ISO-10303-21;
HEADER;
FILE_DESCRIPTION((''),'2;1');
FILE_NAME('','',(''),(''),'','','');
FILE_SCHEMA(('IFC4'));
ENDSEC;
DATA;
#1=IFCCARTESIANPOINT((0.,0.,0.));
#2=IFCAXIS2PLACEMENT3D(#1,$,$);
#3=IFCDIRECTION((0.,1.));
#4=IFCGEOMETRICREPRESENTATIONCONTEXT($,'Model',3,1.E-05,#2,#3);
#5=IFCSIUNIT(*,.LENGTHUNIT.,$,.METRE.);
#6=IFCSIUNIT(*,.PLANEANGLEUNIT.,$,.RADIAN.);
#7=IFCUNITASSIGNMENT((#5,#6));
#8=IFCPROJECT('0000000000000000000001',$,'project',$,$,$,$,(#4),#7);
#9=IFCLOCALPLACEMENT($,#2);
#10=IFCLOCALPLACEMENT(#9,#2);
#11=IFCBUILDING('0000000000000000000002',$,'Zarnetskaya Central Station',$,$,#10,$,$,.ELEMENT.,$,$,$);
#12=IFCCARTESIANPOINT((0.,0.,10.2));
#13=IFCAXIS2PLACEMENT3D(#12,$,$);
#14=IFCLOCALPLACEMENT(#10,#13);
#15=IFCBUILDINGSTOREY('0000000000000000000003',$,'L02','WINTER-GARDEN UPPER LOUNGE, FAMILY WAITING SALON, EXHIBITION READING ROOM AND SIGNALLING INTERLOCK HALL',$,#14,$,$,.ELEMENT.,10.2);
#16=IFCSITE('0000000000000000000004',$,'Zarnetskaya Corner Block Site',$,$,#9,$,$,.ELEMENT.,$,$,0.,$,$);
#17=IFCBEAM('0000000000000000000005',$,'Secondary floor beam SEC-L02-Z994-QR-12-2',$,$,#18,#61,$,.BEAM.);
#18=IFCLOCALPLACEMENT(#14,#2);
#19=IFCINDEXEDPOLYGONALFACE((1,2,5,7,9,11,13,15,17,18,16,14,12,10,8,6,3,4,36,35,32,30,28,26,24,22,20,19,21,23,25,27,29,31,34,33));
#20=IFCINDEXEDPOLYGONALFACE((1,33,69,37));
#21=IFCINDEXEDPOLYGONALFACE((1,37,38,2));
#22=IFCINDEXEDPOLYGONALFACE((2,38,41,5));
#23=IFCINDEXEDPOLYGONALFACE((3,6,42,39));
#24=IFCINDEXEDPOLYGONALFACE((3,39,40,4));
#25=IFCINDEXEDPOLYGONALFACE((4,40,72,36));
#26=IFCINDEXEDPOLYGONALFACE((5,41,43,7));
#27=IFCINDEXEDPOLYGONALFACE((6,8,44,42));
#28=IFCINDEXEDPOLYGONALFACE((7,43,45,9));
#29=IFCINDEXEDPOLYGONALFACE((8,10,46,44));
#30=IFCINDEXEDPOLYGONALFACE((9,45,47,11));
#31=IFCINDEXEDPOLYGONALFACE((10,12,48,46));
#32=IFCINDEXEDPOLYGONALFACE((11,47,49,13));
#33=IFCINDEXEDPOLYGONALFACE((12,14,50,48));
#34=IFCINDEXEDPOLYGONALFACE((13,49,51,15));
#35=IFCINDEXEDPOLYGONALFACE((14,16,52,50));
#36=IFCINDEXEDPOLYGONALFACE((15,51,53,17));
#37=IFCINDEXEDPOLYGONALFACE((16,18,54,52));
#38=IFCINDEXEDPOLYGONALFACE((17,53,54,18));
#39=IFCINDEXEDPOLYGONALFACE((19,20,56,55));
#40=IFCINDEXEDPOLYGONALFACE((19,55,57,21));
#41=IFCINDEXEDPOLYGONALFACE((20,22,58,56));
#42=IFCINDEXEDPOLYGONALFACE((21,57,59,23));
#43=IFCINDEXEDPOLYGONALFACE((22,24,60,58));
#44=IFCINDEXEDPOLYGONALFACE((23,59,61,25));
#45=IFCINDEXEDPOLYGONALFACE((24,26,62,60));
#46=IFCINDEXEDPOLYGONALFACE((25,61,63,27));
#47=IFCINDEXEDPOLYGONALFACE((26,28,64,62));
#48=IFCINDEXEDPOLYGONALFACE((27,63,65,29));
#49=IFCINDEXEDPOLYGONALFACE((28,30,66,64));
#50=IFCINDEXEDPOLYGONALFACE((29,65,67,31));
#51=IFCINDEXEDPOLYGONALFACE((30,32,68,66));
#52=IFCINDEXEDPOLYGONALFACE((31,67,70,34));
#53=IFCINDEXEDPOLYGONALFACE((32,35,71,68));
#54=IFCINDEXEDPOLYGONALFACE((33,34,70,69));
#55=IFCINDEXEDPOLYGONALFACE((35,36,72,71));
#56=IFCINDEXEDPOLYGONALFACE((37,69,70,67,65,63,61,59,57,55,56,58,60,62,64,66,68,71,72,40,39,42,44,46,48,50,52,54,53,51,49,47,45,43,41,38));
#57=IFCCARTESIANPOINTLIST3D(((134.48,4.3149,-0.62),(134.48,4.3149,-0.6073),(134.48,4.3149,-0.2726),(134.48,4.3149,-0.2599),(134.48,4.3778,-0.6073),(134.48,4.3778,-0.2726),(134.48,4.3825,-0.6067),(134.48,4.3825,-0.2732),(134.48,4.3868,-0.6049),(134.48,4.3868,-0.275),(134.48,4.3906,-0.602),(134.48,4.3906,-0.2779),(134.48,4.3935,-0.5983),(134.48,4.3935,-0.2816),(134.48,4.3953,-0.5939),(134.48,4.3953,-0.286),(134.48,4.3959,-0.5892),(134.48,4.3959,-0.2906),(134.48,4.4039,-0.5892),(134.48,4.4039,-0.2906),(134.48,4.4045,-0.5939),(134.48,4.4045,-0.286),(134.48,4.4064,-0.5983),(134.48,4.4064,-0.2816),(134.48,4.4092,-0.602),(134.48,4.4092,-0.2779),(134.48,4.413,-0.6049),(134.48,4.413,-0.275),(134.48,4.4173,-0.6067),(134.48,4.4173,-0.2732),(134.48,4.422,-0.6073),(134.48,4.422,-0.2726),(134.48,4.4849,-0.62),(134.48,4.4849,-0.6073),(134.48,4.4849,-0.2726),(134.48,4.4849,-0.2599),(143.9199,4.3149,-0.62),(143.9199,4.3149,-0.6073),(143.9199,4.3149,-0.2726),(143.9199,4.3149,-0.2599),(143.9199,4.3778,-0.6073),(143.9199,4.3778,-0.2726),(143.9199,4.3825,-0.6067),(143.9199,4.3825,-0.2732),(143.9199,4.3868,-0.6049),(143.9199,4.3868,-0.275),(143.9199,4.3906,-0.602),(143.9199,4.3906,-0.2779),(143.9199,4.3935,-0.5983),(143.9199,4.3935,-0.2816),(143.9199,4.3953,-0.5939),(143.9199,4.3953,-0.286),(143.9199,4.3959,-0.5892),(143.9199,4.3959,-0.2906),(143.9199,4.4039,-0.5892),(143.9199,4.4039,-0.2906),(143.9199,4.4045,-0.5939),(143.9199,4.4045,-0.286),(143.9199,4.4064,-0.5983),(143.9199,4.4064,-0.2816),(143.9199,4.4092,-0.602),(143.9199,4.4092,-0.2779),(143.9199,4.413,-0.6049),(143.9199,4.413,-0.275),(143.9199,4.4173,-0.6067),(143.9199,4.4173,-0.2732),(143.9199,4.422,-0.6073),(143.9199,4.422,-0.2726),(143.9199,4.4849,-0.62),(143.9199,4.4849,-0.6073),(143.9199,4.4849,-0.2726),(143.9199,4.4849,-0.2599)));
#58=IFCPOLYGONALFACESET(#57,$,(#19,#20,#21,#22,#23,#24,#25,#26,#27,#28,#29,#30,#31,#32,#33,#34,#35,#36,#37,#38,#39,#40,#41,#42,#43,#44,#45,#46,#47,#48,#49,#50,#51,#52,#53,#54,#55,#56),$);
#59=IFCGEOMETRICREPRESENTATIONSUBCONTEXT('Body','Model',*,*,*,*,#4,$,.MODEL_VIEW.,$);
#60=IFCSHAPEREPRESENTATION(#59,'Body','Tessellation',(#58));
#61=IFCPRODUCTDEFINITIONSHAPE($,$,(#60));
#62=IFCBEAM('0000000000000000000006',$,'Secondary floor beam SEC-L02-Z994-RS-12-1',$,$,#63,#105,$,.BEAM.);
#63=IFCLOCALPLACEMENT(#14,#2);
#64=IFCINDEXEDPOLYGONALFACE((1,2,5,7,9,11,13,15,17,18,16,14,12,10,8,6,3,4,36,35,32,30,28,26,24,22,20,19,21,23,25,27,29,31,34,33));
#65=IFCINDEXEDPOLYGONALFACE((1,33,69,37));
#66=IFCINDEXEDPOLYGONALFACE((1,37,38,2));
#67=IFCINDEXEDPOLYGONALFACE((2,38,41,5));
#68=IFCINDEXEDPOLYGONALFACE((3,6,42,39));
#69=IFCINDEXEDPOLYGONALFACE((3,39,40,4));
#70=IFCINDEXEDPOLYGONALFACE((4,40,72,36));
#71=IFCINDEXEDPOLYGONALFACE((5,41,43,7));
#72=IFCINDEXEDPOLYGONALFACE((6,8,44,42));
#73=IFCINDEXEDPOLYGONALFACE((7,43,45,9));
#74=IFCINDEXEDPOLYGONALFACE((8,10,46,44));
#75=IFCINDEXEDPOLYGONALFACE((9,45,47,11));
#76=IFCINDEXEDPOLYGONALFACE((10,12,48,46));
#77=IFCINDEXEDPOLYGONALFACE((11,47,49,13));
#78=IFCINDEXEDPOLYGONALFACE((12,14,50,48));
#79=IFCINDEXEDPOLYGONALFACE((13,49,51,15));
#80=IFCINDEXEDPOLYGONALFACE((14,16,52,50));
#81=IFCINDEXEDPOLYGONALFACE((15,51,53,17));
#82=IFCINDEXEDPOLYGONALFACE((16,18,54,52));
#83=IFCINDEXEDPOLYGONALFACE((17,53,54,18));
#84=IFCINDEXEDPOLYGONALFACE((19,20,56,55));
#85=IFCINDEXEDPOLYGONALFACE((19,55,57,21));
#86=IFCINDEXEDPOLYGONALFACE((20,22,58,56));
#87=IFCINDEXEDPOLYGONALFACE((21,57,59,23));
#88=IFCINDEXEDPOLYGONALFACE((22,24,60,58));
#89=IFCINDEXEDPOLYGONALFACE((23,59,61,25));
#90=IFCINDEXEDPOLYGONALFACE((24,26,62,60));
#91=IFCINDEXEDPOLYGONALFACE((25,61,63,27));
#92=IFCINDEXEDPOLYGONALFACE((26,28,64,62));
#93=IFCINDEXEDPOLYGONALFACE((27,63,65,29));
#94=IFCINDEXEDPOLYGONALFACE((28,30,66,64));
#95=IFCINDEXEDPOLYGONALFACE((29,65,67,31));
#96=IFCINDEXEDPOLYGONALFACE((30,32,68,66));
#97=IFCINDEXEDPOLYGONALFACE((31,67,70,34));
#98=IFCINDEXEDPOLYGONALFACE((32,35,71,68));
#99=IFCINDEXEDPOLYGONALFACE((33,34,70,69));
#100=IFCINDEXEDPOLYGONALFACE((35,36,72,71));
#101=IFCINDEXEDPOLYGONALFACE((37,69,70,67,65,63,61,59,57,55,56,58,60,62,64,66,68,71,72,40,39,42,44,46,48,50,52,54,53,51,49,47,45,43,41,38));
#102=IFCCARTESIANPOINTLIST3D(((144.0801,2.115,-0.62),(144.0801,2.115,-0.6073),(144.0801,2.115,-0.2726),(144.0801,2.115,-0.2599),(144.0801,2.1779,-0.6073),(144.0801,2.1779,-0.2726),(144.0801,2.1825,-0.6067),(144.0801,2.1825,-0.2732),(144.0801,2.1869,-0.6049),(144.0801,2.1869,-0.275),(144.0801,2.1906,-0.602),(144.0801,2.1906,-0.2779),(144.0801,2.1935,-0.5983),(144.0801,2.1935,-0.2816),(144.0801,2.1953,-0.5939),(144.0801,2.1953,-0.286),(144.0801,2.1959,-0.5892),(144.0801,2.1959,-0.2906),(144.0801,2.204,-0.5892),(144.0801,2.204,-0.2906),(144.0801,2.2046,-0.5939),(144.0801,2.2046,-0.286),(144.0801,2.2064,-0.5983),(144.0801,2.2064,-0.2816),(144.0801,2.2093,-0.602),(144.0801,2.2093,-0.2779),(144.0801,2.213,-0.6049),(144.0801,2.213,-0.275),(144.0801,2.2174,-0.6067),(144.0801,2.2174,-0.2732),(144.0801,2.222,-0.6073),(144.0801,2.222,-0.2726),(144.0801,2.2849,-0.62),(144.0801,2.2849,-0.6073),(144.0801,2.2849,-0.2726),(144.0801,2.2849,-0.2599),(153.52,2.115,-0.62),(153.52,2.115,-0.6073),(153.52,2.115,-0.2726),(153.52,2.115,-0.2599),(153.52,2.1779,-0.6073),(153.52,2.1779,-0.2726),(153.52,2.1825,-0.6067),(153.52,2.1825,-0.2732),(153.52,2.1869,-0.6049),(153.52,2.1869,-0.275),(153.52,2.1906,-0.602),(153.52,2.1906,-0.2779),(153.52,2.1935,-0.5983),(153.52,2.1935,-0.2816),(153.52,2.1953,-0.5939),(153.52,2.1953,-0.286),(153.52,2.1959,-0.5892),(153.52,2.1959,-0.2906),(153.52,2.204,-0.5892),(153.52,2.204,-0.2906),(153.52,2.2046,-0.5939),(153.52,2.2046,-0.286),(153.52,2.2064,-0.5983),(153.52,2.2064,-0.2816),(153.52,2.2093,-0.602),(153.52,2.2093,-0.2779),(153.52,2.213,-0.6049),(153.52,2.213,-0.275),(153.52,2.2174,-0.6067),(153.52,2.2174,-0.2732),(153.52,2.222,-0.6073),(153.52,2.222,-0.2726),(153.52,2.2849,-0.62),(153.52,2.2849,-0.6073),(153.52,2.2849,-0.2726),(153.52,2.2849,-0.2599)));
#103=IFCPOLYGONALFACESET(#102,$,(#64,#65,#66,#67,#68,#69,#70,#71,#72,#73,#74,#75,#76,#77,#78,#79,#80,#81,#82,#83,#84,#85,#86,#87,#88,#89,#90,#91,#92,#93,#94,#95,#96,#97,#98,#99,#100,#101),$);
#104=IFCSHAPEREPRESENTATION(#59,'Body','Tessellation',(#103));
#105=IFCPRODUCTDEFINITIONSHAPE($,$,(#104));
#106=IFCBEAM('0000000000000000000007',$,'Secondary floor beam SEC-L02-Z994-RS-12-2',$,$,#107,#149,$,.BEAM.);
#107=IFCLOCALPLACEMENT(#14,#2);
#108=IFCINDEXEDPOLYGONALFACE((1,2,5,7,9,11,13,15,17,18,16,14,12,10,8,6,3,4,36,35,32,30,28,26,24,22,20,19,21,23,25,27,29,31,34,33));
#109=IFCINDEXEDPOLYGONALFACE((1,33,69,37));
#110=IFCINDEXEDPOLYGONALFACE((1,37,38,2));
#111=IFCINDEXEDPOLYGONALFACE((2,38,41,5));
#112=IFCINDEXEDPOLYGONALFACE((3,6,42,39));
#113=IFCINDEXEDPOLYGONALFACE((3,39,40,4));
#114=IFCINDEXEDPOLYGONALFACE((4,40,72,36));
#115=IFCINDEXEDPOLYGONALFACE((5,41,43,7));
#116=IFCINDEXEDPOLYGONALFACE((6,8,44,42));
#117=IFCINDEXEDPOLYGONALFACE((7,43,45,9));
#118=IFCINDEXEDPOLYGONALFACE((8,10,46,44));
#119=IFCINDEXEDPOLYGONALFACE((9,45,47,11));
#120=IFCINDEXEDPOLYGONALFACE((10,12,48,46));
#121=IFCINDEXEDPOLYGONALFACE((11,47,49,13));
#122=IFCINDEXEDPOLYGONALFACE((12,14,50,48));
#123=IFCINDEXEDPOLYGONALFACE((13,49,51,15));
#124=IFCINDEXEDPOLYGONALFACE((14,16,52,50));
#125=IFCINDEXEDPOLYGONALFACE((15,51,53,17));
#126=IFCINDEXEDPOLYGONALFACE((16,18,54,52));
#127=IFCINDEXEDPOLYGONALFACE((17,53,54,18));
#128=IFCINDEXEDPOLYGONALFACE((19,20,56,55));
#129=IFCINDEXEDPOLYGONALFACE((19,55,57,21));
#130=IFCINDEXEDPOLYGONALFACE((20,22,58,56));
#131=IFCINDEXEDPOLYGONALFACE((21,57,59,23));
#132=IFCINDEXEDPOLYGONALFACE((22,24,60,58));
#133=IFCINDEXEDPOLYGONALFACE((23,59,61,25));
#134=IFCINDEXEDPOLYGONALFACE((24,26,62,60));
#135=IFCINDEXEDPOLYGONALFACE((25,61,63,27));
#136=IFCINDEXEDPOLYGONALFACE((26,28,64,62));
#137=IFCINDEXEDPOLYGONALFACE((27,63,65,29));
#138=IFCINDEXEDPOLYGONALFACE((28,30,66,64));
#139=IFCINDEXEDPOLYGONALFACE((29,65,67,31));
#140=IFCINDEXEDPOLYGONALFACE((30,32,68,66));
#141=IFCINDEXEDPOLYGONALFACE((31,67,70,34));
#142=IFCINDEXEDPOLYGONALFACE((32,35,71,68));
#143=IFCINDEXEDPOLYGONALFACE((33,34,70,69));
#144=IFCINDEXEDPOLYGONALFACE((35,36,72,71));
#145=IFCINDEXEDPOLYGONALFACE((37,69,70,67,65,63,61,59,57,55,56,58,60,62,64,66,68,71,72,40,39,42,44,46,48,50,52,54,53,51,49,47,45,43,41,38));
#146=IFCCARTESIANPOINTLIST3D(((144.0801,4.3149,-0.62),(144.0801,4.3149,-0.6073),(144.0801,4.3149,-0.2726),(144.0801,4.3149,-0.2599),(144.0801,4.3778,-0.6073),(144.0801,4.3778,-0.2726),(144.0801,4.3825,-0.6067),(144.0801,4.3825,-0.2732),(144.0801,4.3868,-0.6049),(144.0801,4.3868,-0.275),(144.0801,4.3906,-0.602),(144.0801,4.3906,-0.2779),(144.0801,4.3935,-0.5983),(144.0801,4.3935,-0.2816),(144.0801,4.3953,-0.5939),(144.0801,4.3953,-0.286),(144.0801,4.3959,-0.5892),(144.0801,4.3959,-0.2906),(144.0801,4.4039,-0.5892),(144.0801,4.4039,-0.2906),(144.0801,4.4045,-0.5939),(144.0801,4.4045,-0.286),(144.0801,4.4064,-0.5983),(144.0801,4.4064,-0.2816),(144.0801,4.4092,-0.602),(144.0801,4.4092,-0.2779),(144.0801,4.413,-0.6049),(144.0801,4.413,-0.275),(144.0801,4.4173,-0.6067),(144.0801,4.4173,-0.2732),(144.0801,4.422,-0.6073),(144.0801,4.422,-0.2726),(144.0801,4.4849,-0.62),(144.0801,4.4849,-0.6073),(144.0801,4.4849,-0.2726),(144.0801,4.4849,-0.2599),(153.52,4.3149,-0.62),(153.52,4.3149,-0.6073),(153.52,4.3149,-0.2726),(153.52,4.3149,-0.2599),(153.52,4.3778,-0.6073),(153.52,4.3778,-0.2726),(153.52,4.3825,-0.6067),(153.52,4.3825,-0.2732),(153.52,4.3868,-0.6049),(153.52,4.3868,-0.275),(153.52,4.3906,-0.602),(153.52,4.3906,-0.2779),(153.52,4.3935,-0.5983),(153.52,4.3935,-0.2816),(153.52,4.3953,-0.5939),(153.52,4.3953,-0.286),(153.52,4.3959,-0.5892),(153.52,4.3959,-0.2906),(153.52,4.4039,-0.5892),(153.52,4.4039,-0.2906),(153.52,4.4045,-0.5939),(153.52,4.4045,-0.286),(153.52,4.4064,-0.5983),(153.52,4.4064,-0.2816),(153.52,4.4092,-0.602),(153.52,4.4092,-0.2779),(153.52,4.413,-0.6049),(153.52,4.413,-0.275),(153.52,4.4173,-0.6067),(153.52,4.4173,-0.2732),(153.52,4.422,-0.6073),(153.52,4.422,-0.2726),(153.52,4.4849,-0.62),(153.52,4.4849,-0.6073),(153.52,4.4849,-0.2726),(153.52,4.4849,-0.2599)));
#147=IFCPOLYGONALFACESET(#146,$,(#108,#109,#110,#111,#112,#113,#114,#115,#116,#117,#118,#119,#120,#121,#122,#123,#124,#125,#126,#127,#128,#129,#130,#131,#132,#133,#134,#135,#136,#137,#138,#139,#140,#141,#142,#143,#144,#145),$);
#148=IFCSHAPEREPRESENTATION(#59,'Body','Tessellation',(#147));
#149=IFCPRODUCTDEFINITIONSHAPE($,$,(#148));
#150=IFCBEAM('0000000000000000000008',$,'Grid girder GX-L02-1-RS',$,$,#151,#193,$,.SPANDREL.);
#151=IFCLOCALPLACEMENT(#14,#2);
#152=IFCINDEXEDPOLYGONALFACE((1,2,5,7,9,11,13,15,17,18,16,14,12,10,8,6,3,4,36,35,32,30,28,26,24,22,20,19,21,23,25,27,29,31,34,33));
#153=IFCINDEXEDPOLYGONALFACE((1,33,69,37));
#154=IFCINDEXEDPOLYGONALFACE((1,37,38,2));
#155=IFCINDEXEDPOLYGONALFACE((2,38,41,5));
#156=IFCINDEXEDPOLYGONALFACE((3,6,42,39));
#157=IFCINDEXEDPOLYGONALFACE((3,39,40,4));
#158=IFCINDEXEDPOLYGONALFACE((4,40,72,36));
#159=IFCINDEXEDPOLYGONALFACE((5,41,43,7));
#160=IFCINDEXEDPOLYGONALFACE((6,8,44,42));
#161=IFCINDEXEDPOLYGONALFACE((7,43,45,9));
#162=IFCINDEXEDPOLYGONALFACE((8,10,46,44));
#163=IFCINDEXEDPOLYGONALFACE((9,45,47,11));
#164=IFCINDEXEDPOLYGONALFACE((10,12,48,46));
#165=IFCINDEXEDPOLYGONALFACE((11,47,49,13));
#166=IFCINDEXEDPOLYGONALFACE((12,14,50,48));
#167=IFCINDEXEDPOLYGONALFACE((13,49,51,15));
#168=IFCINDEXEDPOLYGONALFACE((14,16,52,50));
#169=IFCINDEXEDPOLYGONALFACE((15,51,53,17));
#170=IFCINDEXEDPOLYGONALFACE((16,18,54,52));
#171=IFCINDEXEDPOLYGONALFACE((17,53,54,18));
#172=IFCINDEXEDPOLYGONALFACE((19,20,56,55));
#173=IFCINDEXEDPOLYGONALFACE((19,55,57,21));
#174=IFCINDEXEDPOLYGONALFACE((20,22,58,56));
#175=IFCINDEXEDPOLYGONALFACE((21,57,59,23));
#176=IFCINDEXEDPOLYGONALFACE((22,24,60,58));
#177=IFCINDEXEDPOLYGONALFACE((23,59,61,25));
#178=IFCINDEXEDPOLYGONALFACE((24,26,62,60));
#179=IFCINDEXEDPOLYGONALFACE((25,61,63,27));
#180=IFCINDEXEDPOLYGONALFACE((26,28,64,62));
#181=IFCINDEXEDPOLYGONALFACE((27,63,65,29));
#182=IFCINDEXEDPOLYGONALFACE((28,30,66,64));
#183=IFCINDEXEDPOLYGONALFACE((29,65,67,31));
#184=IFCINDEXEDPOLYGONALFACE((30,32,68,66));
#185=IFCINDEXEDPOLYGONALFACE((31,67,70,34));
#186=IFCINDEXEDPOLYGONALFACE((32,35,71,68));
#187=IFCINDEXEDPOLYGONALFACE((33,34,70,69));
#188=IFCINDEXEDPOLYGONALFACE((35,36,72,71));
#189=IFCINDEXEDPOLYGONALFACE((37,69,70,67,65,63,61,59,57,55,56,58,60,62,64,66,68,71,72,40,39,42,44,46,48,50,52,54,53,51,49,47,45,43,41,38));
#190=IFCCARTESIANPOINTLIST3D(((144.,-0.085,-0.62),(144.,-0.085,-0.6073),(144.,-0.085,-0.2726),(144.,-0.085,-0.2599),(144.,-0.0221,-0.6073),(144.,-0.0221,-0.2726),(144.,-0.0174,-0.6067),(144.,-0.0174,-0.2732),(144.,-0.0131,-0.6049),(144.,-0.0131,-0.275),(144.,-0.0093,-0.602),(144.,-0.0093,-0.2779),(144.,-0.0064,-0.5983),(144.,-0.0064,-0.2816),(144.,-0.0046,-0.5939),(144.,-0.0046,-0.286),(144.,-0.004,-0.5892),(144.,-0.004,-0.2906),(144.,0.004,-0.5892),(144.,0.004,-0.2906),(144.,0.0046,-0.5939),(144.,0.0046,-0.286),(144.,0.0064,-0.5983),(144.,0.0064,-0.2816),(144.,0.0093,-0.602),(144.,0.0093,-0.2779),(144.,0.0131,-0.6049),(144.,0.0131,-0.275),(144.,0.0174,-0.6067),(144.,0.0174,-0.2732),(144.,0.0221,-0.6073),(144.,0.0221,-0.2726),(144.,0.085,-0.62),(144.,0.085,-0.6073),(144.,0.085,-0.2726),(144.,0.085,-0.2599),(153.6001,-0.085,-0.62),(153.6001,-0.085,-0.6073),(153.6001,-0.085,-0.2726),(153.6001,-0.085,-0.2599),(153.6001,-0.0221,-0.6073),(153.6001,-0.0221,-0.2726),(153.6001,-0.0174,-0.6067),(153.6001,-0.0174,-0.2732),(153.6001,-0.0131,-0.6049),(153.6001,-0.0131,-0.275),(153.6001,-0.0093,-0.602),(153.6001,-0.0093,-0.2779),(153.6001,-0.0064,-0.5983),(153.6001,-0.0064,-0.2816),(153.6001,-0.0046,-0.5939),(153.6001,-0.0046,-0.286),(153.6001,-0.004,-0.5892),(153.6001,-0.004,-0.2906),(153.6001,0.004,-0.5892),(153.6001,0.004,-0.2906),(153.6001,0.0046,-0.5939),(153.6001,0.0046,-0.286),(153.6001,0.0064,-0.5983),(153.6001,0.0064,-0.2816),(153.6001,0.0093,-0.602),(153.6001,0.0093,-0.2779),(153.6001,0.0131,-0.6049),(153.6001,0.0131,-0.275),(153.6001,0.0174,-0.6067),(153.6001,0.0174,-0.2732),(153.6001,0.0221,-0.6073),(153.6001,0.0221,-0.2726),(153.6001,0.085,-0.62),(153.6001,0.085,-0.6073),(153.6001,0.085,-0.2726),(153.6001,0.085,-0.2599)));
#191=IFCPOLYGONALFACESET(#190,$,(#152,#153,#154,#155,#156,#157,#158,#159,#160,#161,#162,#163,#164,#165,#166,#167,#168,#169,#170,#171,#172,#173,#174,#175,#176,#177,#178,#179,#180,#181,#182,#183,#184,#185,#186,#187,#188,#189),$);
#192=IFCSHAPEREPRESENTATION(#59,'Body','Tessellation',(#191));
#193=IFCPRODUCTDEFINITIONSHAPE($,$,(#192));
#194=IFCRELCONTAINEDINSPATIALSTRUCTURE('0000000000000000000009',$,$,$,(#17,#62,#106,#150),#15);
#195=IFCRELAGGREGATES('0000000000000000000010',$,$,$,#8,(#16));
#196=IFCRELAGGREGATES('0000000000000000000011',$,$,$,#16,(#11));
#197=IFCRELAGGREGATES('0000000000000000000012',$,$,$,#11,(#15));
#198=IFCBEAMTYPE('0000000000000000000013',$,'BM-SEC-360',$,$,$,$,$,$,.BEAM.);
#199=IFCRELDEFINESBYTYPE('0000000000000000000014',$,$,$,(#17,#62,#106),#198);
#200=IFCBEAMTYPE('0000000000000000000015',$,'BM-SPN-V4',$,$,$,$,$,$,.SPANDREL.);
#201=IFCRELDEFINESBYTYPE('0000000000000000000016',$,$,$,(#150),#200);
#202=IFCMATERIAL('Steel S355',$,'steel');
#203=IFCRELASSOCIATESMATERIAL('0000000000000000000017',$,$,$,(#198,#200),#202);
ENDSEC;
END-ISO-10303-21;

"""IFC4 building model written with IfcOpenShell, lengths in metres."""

from ifc_helpers import new_model, si_unit, direction, frame, origin, origin_2d, place, context, subcontext, project, spatial, i_section, extrude, material, material_profile, profile_set, type_object, element, save


model = new_model("IFC4")

# Units and contexts
model_context = context("Model", 3, precision=1e-05, world=origin(), true_north=direction((0.0, 1.0)))
body_context = subcontext(model_context, "Body", "Model", "MODEL_VIEW")
ifc_project = project(units=[si_unit("LENGTHUNIT", "METRE"), si_unit("PLANEANGLEUNIT", "RADIAN")], contexts=[model_context])

# Site, building, storey
site_placement = place(None, origin())
site = spatial("IfcSite", under=ifc_project, at=site_placement, Name="Zarnetskaya Corner Block Site", CompositionType="ELEMENT", RefElevation=0.0)
building_placement = place(site_placement, origin())
building = spatial("IfcBuilding", under=site, at=building_placement, Name="Zarnetskaya Central Station", CompositionType="ELEMENT")
storey_placement = place(building_placement, frame((0.0, 0.0, 10.2)))
storey = spatial("IfcBuildingStorey", under=building, at=storey_placement, Name="L02", Description="WINTER-GARDEN UPPER LOUNGE, FAMILY WAITING SALON, EXHIBITION READING ROOM AND SIGNALLING INTERLOCK HALL", CompositionType="ELEMENT", Elevation=10.2)

# Shared definitions
ifc_material_1 = material(Name="Steel S355", Category="steel")

# Beams
ifc_material_profile_1 = material_profile(ifc_material_1, i_section(OverallWidth=0.1699, OverallDepth=0.3601, WebThickness=0.0081, FlangeThickness=0.0127, FilletRadius=0.0181, at=origin_2d()), Name="IPE 360")
ifc_profile_set_1 = profile_set([ifc_material_profile_1], Name="Steel S355")
beam_type_1 = type_object("IfcBeamType", Name="BM-SEC-360", PredefinedType="BEAM", material=ifc_profile_set_1)
for number, where, z_axis, x_axis, name in (
    (1, (134.48, 4.3999, -0.4399), (1.0, 0.0, 0.0), (0.0, 1.0, 0.0), "Secondary floor beam SEC-L02-Z994-QR-12-2"),
    (2, (144.0801, 2.2, -0.4399), (1.0, 0.0, 0.0), (0.0, 1.0, 0.0), "Secondary floor beam SEC-L02-Z994-RS-12-1"),
    (3, (144.0801, 4.3999, -0.4399), (1.0, 0.0, 0.0), (0.0, 1.0, 0.0), "Secondary floor beam SEC-L02-Z994-RS-12-2"),
):
    element("IfcBeam", number, at=place(storey_placement, frame(where, z_axis=z_axis, x_axis=x_axis)), inside=storey, type_object=beam_type_1, Name=name, PredefinedType="BEAM", context=body_context, shape_type="SweptSolid", body=[
        extrude(i_section(OverallWidth=0.1699, OverallDepth=0.3601, WebThickness=0.0081, FlangeThickness=0.0127, FilletRadius=0.0181, at=origin_2d()), origin(), (0.0, 0.0, 1.0), 9.4399),
    ])
ifc_material_profile_2 = material_profile(ifc_material_1, i_section(OverallWidth=0.1699, OverallDepth=0.3601, WebThickness=0.0081, FlangeThickness=0.0127, FilletRadius=0.0181, at=origin_2d()), Name="IPE 360")
ifc_profile_set_2 = profile_set([ifc_material_profile_2], Name="Steel S355")
beam_type_2 = type_object("IfcBeamType", Name="BM-SPN-V4", PredefinedType="SPANDREL", material=ifc_profile_set_2)
beam_1_placement = place(storey_placement, frame((144.0, 0.0, -0.4399), z_axis=(1.0, 0.0, 0.0), x_axis=(0.0, 1.0, 0.0)))
element("IfcBeam", 4, at=beam_1_placement, inside=storey, type_object=beam_type_2, Name="Grid girder GX-L02-1-RS", PredefinedType="SPANDREL", context=body_context, shape_type="SweptSolid", body=[
    extrude(i_section(OverallWidth=0.1699, OverallDepth=0.3601, WebThickness=0.0081, FlangeThickness=0.0127, FilletRadius=0.0181, at=origin_2d()), origin(), (0.0, 0.0, 1.0), 9.6001),
])

save(model, "model.ifc")
